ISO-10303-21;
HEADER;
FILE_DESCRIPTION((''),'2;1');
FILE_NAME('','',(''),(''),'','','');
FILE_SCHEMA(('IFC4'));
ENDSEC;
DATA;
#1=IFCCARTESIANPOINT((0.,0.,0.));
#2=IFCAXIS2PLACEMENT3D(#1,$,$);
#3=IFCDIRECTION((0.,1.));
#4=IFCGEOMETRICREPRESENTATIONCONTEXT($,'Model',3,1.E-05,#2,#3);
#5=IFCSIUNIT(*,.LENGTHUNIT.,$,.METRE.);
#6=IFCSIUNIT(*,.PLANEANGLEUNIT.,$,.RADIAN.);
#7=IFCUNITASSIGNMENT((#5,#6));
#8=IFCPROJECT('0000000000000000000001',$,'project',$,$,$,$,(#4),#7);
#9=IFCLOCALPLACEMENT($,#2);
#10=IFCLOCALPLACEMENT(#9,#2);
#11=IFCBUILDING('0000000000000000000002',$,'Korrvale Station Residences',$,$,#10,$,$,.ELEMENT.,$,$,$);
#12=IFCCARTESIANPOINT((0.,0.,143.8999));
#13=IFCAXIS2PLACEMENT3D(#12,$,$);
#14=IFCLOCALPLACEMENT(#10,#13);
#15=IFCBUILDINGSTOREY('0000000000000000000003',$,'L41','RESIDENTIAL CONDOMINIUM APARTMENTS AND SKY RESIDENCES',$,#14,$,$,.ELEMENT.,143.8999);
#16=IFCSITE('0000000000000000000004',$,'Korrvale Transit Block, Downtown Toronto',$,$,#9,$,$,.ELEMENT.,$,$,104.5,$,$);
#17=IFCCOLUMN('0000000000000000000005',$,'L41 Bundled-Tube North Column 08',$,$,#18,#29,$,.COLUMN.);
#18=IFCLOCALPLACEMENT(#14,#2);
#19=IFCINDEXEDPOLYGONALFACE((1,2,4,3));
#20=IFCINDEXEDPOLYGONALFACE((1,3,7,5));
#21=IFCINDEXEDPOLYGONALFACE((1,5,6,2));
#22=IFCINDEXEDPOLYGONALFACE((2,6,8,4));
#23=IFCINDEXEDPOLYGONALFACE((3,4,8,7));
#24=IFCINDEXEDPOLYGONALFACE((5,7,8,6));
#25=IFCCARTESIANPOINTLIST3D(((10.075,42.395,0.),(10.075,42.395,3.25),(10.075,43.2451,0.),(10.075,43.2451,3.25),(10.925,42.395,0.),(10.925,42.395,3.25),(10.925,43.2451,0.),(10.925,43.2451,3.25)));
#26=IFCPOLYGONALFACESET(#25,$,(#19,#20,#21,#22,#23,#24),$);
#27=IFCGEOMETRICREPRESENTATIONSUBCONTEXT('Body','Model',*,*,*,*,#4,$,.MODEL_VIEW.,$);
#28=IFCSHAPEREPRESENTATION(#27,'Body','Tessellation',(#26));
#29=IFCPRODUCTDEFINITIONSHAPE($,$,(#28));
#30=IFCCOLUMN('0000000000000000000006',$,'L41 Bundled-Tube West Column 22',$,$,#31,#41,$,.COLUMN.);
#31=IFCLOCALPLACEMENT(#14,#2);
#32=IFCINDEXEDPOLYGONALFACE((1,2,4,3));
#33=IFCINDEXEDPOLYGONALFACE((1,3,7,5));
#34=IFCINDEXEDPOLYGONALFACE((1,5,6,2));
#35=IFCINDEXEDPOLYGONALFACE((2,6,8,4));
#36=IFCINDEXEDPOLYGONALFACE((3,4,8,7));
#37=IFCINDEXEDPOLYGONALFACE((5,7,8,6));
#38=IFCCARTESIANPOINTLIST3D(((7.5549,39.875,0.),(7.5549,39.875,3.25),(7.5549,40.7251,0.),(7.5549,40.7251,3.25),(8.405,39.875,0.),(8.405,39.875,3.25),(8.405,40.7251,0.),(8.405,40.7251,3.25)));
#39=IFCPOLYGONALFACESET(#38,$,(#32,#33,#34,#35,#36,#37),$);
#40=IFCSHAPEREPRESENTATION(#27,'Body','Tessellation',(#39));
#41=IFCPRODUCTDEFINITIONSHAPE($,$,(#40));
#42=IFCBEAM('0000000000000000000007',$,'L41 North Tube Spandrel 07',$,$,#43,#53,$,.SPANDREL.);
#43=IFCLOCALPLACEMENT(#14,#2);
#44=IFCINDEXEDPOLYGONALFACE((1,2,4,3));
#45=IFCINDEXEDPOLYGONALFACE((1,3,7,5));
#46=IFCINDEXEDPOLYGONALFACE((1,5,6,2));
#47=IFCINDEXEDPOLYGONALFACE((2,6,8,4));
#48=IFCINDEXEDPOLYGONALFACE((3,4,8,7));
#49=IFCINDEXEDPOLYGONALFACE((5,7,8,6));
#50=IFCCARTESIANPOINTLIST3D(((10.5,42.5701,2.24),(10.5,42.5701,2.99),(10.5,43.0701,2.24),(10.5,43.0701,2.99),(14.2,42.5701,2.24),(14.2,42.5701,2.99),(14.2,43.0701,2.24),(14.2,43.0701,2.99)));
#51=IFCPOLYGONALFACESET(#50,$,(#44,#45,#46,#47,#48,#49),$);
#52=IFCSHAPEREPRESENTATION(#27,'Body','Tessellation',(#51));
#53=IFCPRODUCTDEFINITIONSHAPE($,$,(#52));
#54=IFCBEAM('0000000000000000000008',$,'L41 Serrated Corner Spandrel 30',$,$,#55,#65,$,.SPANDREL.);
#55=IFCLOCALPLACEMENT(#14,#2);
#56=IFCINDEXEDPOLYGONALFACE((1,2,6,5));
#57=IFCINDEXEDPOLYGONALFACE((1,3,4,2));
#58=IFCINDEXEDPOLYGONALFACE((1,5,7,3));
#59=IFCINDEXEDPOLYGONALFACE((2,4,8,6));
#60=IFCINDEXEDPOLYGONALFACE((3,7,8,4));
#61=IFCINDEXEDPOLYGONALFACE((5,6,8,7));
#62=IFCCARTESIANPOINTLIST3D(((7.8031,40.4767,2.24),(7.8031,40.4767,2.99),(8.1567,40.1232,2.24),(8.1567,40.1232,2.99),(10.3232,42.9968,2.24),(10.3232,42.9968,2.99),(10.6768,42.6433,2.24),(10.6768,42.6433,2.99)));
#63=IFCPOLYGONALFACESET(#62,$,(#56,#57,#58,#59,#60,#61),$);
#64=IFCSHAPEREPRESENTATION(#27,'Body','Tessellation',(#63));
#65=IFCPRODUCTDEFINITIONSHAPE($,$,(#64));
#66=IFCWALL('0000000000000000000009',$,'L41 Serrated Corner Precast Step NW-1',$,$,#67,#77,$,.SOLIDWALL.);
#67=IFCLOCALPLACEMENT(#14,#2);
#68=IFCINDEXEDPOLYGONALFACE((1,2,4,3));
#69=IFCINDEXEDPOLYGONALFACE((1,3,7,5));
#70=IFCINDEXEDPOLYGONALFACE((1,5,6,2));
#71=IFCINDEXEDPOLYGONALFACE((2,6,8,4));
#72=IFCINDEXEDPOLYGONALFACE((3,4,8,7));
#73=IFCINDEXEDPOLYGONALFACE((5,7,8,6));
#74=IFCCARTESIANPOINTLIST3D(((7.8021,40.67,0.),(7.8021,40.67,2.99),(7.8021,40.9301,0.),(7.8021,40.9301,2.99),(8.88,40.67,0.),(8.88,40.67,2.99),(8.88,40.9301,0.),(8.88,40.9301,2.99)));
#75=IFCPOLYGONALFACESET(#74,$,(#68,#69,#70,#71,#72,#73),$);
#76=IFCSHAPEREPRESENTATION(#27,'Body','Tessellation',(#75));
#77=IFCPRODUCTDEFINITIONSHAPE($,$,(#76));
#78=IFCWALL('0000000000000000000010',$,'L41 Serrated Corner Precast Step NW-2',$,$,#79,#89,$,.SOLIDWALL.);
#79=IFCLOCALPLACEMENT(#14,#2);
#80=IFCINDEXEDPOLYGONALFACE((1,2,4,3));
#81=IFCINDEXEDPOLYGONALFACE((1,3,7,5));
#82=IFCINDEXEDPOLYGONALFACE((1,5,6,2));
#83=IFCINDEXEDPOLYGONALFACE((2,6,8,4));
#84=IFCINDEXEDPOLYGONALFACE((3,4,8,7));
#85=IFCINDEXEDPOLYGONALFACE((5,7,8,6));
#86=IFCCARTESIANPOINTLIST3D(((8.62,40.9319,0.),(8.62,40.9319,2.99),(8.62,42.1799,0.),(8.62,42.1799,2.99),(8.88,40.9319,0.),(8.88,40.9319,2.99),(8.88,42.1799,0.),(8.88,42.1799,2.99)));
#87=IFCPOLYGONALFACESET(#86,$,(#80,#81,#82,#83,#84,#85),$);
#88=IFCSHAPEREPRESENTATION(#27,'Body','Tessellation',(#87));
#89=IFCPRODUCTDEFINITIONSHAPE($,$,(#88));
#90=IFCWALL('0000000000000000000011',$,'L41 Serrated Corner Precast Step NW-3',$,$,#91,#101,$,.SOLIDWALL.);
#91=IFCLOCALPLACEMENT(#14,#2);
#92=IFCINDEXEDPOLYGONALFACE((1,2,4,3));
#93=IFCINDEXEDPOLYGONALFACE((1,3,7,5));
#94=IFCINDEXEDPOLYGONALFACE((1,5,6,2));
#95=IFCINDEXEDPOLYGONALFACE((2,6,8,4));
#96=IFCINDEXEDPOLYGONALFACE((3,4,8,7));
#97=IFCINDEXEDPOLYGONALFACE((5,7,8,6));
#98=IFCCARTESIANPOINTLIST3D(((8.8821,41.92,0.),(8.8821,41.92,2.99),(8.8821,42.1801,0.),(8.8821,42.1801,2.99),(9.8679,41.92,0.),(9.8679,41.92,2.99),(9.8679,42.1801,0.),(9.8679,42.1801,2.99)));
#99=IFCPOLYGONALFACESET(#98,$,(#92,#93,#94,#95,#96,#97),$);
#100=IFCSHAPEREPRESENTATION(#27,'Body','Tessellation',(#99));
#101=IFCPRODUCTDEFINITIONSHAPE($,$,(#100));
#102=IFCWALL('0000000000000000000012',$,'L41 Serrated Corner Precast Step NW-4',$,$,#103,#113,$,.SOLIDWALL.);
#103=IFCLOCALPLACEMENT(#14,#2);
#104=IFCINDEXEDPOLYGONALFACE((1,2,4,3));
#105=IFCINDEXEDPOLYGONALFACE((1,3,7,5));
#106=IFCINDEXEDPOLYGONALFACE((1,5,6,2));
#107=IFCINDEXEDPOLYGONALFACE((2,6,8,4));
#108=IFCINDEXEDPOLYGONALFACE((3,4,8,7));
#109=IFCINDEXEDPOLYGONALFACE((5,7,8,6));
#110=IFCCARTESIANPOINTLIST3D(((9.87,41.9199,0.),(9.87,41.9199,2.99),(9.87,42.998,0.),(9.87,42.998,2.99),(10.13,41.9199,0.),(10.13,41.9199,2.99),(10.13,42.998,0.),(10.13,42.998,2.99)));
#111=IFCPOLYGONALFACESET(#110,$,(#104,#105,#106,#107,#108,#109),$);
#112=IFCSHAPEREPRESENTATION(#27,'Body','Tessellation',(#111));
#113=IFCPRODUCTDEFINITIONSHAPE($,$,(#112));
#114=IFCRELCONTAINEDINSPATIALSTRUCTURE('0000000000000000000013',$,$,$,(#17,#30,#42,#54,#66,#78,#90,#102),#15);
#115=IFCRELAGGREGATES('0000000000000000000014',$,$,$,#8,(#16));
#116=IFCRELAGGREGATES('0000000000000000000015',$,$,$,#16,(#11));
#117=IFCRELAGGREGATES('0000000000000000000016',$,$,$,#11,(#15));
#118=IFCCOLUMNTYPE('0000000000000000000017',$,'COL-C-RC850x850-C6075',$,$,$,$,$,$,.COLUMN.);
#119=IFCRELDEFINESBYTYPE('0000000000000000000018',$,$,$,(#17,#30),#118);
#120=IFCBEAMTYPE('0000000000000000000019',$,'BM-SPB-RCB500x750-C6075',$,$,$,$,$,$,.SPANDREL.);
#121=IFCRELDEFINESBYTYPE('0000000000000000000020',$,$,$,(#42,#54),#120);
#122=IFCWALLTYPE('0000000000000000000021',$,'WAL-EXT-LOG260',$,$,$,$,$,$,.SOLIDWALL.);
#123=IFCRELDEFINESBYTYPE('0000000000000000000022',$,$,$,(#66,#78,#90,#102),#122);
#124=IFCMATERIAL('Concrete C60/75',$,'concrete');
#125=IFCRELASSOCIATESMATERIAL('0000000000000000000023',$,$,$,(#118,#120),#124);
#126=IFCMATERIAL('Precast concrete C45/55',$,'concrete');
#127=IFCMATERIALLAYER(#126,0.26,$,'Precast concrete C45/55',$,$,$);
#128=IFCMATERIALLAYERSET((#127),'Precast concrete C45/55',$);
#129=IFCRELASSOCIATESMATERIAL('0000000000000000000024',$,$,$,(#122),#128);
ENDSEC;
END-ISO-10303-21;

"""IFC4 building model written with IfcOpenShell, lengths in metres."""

from ifc_helpers import new_model, si_unit, direction, frame, frame_2d, origin, origin_2d, place, context, subcontext, project, spatial, rectangle, extrude, material, layer, layer_set, material_profile, profile_set, type_object, element, save


model = new_model("IFC4")

# Units and contexts
model_context = context("Model", 3, precision=1e-05, world=origin(), true_north=direction((0.0, 1.0)))
body_context = subcontext(model_context, "Body", "Model", "MODEL_VIEW")
ifc_project = project(units=[si_unit("LENGTHUNIT", "METRE"), si_unit("PLANEANGLEUNIT", "RADIAN")], contexts=[model_context])

# Site, building, storey
site_placement = place(None, origin())
site = spatial("IfcSite", under=ifc_project, at=site_placement, Name="Korrvale Transit Block, Downtown Toronto", CompositionType="ELEMENT", RefElevation=104.5)
building_placement = place(site_placement, origin())
building = spatial("IfcBuilding", under=site, at=building_placement, Name="Korrvale Station Residences", CompositionType="ELEMENT")
storey_placement = place(building_placement, frame((0.0, 0.0, 143.8999)))
storey = spatial("IfcBuildingStorey", under=building, at=storey_placement, Name="L41", Description="RESIDENTIAL CONDOMINIUM APARTMENTS AND SKY RESIDENCES", CompositionType="ELEMENT", Elevation=143.8999)

# Columns
ifc_material_1 = material(Name="Concrete C60/75", Category="concrete")
ifc_material_profile_1 = material_profile(ifc_material_1, rectangle(XDim=0.8501, YDim=0.8501, at=origin_2d()), Name="RC850x850")
ifc_profile_set_1 = profile_set([ifc_material_profile_1], Name="Concrete C60/75")
column_type = type_object("IfcColumnType", Name="COL-C-RC850x850-C6075", PredefinedType="COLUMN", material=ifc_profile_set_1)
for number, where, z_axis, x_axis, name in (
    (1, (10.5, 42.8201, 0.0), (0.0, 0.0, 1.0), (1.0, 0.0, 0.0), "L41 Bundled-Tube North Column 08"),
    (2, (7.98, 40.3, 0.0), (0.0, 0.0, 1.0), (1.0, 0.0, 0.0), "L41 Bundled-Tube West Column 22"),
):
    element("IfcColumn", number, at=place(storey_placement, frame(where, z_axis=z_axis, x_axis=x_axis)), inside=storey, type_object=column_type, Name=name, PredefinedType="COLUMN", context=body_context, shape_type="SweptSolid", body=[
        extrude(rectangle(XDim=0.8501, YDim=0.8501, at=origin_2d()), origin(), (0.0, 0.0, 1.0), 3.25),
    ])

# Beams
ifc_material_profile_2 = material_profile(ifc_material_1, rectangle(XDim=0.5, YDim=0.75, at=origin_2d()), Name="RCB500x750")
ifc_profile_set_2 = profile_set([ifc_material_profile_2], Name="Concrete C60/75")
beam_type = type_object("IfcBeamType", Name="BM-SPB-RCB500x750-C6075", PredefinedType="SPANDREL", material=ifc_profile_set_2)
beam_1_placement = place(storey_placement, frame((10.5, 42.8201, 2.615), z_axis=(1.0, 0.0, 0.0), x_axis=(0.0, 1.0, 0.0)))
element("IfcBeam", 3, at=beam_1_placement, inside=storey, type_object=beam_type, Name="L41 North Tube Spandrel 07", PredefinedType="SPANDREL", context=body_context, shape_type="SweptSolid", body=[
    extrude(rectangle(XDim=0.5, YDim=0.75, at=origin_2d()), origin(), (0.0, 0.0, 1.0), 3.7),
])
beam_2_placement = place(storey_placement, frame((10.5, 42.8201, 2.615), z_axis=(-0.707107, -0.707107, 0.0), x_axis=(0.707107, -0.707107, 0.0)))
element("IfcBeam", 4, at=beam_2_placement, inside=storey, type_object=beam_type, Name="L41 Serrated Corner Spandrel 30", PredefinedType="SPANDREL", context=body_context, shape_type="SweptSolid", body=[
    extrude(rectangle(XDim=0.5, YDim=0.75, at=origin_2d()), origin(), (0.0, 0.0, 1.0), 3.564),
])

# Walls
ifc_material_2 = material(Name="Precast concrete C45/55", Category="concrete")
ifc_layer_1 = layer(ifc_material_2, 0.26, Name="Precast concrete C45/55")
ifc_layer_set_1 = layer_set([ifc_layer_1], Name="Precast concrete C45/55")
wall_type_1 = type_object("IfcWallType", Name="WAL-EXT-LOG260", PredefinedType="SOLIDWALL", material=ifc_layer_set_1)
wall_1_placement = place(storey_placement, frame((7.802, 40.8, 0.0), z_axis=(0.0, 0.0, 1.0), x_axis=(1.0, 0.0, 0.0)))
element("IfcWall", 5, at=wall_1_placement, inside=storey, type_object=wall_type_1, Name="L41 Serrated Corner Precast Step NW-1", PredefinedType="SOLIDWALL", context=body_context, shape_type="SweptSolid", body=[
    extrude(rectangle(XDim=1.0779, YDim=0.26, at=frame_2d((0.5391, 0.0))), origin(), (0.0, 0.0, 1.0), 2.99),
])
wall_2_placement = place(storey_placement, frame((8.75, 40.9319, 0.0), z_axis=(0.0, 0.0, 1.0), x_axis=(0.0, 1.0, 0.0)))
element("IfcWall", 6, at=wall_2_placement, inside=storey, type_object=wall_type_1, Name="L41 Serrated Corner Precast Step NW-2", PredefinedType="SOLIDWALL", context=body_context, shape_type="SweptSolid", body=[
    extrude(rectangle(XDim=1.248, YDim=0.26, at=frame_2d((0.624, 0.0))), origin(), (0.0, 0.0, 1.0), 2.99),
])
wall_3_placement = place(storey_placement, frame((8.8821, 42.05, 0.0), z_axis=(0.0, 0.0, 1.0), x_axis=(1.0, 0.0, 0.0)))
element("IfcWall", 7, at=wall_3_placement, inside=storey, type_object=wall_type_1, Name="L41 Serrated Corner Precast Step NW-3", PredefinedType="SOLIDWALL", context=body_context, shape_type="SweptSolid", body=[
    extrude(rectangle(XDim=0.9858, YDim=0.26, at=frame_2d((0.4929, 0.0))), origin(), (0.0, 0.0, 1.0), 2.99),
])
wall_4_placement = place(storey_placement, frame((10.0, 41.9199, 0.0), z_axis=(0.0, 0.0, 1.0), x_axis=(0.0, 1.0, 0.0)))
element("IfcWall", 8, at=wall_4_placement, inside=storey, type_object=wall_type_1, Name="L41 Serrated Corner Precast Step NW-4", PredefinedType="SOLIDWALL", context=body_context, shape_type="SweptSolid", body=[
    extrude(rectangle(XDim=1.0781, YDim=0.26, at=frame_2d((0.5391, 0.0))), origin(), (0.0, 0.0, 1.0), 2.99),
])

save(model, "model.ifc")
